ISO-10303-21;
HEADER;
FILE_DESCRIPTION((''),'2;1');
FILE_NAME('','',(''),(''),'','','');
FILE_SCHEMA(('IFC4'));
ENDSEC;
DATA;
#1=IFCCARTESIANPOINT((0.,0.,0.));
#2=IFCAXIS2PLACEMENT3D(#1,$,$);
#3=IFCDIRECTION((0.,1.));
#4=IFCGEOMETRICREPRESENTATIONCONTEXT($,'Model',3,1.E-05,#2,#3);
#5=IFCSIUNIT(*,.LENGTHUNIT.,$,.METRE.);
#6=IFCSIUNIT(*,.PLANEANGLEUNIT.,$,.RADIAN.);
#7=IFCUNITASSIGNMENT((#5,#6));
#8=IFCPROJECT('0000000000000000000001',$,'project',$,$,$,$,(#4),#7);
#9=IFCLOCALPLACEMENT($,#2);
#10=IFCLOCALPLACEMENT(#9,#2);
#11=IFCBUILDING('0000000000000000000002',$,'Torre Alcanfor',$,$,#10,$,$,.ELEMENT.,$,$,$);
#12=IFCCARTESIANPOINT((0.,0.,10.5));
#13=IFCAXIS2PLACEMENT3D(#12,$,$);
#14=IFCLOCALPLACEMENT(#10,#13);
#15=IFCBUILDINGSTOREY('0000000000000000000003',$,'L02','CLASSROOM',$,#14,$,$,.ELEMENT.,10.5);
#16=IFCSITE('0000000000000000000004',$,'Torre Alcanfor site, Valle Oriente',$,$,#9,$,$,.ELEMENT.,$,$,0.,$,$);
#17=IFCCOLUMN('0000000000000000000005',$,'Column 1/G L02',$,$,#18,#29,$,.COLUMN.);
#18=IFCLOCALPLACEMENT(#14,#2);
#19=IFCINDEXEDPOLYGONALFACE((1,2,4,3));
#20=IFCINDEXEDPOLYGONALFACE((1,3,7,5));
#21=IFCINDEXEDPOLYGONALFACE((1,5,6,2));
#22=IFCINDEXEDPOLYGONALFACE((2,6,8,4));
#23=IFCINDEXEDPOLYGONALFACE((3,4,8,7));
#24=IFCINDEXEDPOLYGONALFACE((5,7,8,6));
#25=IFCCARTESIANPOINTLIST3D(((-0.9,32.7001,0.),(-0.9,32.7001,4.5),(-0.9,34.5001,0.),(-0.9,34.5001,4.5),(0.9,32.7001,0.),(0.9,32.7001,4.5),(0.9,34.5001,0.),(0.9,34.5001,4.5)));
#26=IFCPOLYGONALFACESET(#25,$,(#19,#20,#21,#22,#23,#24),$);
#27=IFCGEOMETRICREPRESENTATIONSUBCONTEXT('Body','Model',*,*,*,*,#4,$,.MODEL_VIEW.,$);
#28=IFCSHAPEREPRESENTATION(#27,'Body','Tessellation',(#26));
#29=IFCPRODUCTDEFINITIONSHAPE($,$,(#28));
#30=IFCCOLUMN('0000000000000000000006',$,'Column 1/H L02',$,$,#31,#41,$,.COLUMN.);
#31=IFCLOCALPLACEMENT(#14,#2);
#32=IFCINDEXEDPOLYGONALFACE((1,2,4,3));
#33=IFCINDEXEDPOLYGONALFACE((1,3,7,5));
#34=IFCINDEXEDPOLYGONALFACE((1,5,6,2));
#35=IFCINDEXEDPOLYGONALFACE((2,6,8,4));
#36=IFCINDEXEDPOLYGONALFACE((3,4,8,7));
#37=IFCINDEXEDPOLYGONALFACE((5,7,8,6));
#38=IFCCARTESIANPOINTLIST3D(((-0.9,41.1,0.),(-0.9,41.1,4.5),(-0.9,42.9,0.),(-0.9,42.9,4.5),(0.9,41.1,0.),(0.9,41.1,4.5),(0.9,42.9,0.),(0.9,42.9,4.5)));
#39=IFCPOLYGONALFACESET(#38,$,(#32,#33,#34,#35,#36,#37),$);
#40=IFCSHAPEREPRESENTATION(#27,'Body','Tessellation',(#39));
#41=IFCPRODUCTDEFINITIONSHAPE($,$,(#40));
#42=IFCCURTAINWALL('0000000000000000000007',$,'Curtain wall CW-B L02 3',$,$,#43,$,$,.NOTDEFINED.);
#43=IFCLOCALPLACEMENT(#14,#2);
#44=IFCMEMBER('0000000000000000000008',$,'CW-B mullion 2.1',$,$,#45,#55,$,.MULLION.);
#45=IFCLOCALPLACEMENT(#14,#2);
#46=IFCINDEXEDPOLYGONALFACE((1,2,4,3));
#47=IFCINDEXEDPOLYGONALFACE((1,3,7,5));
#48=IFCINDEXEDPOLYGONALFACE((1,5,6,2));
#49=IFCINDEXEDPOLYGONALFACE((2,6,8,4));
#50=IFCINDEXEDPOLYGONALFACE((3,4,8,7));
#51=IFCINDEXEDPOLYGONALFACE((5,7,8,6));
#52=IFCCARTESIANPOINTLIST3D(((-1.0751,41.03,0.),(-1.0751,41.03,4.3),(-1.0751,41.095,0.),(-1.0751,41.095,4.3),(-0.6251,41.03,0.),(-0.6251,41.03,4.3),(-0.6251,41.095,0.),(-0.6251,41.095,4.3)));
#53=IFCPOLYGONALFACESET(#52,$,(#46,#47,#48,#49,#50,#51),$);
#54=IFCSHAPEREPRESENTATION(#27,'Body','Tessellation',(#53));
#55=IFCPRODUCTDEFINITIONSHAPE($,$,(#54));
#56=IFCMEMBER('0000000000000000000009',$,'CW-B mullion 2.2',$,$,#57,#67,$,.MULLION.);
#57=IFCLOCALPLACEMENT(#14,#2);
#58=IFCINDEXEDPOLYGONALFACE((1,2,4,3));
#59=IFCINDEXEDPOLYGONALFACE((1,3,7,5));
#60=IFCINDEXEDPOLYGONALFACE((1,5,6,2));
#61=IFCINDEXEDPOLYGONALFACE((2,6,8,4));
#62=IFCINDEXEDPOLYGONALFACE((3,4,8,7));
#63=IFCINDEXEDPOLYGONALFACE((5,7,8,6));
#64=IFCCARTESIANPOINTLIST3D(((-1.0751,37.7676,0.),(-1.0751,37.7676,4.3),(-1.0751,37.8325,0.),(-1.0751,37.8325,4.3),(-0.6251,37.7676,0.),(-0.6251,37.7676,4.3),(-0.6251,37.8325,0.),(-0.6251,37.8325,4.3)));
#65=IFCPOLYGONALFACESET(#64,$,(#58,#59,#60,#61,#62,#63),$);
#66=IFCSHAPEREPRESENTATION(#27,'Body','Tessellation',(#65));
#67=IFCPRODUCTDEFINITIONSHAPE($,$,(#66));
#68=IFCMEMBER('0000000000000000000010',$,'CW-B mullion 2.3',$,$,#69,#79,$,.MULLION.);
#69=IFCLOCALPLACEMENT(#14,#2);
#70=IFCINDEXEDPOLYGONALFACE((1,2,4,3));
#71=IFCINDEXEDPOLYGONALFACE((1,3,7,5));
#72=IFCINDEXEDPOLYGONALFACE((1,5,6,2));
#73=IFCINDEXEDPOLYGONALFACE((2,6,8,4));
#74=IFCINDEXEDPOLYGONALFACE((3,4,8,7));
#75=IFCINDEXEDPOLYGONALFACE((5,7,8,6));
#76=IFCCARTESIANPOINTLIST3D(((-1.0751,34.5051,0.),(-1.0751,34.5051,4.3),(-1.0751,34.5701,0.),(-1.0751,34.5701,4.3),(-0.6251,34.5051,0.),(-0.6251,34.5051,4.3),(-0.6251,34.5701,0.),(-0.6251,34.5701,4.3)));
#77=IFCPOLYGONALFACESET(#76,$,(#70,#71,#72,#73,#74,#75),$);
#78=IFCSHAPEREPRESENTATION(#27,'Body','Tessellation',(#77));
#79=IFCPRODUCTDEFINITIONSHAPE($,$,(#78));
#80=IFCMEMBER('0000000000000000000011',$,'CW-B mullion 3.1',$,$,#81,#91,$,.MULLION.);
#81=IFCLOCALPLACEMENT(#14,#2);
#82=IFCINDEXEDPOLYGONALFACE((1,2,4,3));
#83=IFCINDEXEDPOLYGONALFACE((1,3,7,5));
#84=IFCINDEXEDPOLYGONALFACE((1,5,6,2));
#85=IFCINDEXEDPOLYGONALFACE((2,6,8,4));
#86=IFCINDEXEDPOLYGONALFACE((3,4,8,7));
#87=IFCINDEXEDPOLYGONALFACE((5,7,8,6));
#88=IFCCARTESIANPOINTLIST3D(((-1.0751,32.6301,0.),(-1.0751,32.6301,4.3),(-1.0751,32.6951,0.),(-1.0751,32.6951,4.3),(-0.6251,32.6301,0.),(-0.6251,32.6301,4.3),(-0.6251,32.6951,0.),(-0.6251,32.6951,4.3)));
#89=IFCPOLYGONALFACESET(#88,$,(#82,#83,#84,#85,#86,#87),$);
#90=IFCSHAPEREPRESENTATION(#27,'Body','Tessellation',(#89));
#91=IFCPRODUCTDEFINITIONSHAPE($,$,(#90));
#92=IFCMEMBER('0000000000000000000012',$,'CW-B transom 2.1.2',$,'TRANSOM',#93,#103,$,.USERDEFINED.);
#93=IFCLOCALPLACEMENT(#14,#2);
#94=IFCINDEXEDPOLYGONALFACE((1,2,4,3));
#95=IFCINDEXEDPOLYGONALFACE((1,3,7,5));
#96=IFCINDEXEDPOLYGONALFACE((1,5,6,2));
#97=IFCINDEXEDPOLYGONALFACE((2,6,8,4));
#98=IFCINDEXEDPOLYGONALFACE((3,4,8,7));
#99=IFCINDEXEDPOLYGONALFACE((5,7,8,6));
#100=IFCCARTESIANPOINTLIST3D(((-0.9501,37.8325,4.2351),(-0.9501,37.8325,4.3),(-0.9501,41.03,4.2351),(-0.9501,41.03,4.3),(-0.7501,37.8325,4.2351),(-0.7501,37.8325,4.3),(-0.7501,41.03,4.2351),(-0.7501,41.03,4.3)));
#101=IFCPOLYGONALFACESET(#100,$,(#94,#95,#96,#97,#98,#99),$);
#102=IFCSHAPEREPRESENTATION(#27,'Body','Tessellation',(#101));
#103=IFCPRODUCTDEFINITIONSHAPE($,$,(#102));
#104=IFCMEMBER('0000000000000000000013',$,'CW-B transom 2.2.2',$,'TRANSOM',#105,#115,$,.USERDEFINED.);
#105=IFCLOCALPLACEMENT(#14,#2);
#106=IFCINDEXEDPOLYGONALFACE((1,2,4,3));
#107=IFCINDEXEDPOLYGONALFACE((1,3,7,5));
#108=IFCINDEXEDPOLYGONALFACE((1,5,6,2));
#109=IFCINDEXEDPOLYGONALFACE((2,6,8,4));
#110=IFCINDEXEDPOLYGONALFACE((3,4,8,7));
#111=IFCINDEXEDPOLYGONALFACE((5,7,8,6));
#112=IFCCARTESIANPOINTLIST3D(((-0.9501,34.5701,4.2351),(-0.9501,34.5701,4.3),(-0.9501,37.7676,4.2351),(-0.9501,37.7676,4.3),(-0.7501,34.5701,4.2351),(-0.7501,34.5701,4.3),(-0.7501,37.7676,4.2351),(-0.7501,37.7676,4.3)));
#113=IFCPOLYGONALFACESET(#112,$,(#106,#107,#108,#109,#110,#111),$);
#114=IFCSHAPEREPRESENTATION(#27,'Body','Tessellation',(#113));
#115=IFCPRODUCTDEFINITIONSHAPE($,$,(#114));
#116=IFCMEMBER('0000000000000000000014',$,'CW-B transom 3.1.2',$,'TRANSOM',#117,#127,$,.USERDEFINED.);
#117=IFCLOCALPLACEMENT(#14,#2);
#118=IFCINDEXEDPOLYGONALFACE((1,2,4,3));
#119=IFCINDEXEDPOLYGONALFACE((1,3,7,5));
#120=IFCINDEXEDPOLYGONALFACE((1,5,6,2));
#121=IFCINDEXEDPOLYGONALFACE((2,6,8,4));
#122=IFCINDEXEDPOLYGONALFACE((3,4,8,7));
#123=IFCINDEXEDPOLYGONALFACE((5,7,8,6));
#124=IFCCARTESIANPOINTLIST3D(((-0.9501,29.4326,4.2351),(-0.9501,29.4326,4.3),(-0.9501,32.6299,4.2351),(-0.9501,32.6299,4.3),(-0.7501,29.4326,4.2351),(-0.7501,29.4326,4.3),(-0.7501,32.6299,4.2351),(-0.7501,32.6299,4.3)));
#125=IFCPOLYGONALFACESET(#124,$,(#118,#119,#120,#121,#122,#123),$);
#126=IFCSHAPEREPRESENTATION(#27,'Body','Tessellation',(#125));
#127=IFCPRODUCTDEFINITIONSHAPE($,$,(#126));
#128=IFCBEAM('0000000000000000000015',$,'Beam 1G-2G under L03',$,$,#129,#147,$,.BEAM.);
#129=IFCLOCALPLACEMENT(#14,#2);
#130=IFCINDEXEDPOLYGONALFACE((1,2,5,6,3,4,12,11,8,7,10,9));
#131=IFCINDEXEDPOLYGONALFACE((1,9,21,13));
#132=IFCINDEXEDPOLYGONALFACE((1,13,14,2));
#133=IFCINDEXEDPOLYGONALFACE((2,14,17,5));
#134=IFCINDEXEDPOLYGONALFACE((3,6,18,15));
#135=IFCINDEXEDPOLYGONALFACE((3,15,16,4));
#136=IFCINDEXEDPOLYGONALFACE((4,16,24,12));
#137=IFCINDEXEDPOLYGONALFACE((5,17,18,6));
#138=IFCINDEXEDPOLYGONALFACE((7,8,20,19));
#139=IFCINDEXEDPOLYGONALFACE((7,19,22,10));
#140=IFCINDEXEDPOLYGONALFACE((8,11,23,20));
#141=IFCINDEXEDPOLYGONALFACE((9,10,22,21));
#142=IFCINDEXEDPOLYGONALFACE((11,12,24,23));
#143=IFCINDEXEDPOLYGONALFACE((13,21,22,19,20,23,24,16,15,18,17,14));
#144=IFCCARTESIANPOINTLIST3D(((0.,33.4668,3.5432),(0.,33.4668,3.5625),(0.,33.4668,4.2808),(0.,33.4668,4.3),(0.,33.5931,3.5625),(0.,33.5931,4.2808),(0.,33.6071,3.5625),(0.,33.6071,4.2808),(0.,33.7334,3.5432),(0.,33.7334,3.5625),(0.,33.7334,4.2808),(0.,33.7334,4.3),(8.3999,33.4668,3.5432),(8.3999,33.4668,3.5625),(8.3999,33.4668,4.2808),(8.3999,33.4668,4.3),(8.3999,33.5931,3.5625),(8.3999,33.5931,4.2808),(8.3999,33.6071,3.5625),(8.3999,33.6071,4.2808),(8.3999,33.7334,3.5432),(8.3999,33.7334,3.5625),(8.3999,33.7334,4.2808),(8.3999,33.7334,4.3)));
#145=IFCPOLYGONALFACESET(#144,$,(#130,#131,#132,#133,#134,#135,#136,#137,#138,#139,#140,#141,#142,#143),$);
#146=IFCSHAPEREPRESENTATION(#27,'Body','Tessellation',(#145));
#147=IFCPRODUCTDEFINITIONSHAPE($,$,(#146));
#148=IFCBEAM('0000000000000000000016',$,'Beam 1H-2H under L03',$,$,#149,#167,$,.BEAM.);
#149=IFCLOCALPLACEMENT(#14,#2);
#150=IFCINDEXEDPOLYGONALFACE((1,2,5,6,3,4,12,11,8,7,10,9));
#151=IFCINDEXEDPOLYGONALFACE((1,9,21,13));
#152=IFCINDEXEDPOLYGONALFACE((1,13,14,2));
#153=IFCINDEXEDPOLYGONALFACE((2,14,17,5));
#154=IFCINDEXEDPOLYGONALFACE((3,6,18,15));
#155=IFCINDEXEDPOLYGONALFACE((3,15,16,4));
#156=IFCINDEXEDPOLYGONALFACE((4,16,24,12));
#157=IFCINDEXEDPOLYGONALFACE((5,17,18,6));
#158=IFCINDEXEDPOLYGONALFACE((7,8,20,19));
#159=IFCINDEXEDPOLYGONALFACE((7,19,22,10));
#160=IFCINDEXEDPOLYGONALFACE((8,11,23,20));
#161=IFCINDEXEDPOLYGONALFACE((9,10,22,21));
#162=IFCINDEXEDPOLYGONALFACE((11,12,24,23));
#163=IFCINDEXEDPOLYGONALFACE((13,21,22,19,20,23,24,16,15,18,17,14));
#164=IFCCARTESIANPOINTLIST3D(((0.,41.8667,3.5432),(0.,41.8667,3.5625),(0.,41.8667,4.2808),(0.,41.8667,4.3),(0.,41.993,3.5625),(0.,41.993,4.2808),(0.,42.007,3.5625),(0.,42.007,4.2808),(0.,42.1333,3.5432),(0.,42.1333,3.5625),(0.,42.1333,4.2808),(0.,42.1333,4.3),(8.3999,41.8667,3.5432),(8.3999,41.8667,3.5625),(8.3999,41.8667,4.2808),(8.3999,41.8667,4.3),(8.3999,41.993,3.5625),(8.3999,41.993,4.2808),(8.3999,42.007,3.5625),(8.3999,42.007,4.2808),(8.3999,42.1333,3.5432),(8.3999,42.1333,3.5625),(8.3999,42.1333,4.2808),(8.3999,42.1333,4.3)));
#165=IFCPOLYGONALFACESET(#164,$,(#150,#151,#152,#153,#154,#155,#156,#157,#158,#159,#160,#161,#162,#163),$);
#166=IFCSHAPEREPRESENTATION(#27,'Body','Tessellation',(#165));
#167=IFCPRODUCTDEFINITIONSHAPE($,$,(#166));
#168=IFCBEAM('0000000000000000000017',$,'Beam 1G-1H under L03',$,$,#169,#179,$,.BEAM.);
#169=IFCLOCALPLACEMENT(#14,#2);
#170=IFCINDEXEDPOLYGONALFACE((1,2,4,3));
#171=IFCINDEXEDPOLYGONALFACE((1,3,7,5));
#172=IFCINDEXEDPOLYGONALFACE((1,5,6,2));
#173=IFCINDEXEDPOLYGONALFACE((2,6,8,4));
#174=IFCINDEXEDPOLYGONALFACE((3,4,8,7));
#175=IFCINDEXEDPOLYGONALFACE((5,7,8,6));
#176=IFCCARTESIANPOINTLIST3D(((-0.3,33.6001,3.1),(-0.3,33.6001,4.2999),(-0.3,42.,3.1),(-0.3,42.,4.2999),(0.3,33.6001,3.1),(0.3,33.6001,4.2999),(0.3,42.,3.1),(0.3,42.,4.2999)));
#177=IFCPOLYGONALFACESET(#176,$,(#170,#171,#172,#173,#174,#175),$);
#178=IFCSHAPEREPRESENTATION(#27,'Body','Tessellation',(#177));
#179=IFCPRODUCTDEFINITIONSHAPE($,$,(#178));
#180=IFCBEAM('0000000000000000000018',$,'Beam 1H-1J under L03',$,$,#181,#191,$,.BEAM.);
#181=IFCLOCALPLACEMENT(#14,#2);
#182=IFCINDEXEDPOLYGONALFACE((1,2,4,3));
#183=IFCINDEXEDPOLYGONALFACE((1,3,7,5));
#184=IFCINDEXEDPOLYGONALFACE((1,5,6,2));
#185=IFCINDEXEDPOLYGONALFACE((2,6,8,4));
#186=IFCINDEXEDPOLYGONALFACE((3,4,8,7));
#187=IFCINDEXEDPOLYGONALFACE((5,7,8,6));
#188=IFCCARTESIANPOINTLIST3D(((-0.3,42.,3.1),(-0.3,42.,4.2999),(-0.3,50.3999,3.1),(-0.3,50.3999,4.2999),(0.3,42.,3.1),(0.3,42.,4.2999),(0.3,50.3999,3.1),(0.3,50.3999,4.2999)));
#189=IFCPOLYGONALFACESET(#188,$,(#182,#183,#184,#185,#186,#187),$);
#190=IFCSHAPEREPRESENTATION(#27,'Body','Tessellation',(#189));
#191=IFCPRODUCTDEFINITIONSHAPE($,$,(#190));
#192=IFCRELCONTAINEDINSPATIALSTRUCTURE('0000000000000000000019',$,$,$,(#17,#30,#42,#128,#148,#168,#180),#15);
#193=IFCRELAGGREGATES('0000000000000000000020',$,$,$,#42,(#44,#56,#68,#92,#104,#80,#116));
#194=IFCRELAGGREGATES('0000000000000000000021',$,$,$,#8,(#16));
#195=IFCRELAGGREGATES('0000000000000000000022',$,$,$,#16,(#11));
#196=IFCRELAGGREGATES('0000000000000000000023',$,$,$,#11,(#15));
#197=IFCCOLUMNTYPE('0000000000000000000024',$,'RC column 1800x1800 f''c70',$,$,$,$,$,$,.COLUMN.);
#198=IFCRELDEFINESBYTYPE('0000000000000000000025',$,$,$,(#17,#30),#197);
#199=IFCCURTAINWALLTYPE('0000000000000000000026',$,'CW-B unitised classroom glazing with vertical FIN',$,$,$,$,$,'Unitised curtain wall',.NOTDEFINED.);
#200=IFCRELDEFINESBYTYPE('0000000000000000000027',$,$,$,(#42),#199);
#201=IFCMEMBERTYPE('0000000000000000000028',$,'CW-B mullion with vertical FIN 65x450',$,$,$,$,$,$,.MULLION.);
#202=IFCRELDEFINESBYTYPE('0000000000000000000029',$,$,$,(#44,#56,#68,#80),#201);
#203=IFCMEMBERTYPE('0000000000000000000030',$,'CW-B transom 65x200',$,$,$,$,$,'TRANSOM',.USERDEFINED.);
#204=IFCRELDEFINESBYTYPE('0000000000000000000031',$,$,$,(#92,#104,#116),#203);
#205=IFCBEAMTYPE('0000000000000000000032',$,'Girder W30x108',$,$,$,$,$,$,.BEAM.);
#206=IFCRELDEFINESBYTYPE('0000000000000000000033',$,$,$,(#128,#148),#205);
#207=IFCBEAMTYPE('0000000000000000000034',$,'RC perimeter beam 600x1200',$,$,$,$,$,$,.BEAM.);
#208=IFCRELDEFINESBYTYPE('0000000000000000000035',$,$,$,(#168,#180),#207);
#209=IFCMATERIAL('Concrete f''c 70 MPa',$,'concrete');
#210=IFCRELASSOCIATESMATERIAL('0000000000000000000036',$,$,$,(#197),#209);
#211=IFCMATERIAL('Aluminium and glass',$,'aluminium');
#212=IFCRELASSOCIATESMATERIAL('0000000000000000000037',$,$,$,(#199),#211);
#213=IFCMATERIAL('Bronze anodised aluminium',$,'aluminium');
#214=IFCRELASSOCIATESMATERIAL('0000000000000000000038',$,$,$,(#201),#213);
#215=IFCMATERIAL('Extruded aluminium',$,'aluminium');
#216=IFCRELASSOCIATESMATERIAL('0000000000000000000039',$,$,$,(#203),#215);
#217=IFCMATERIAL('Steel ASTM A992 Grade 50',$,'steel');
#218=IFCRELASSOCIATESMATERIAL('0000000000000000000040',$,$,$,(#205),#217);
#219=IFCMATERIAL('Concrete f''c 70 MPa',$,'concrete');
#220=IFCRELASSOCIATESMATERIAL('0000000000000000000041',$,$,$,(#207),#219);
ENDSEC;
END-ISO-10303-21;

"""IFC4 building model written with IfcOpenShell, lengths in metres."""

from ifc_helpers import new_model, si_unit, direction, frame, origin, origin_2d, place, context, subcontext, project, spatial, rectangle, i_section, extrude, material, material_profile, profile_set, type_object, element, aggregate, save


model = new_model("IFC4")

# Units and contexts
model_context = context("Model", 3, precision=1e-05, world=origin(), true_north=direction((0.0, 1.0)))
body_context = subcontext(model_context, "Body", "Model", "MODEL_VIEW")
ifc_project = project(units=[si_unit("LENGTHUNIT", "METRE"), si_unit("PLANEANGLEUNIT", "RADIAN")], contexts=[model_context])

# Site, building, storey
site_placement = place(None, origin())
site = spatial("IfcSite", under=ifc_project, at=site_placement, Name="Torre Alcanfor site, Valle Oriente", CompositionType="ELEMENT", RefElevation=0.0)
building_placement = place(site_placement, origin())
building = spatial("IfcBuilding", under=site, at=building_placement, Name="Torre Alcanfor", CompositionType="ELEMENT")
storey_placement = place(building_placement, frame((0.0, 0.0, 10.5)))
storey = spatial("IfcBuildingStorey", under=building, at=storey_placement, Name="L02", Description="CLASSROOM", CompositionType="ELEMENT", Elevation=10.5)

# Columns
ifc_material_1 = material(Name="Concrete f'c 70 MPa", Category="concrete")
ifc_material_profile_1 = material_profile(ifc_material_1, rectangle(XDim=1.8, YDim=1.8, at=origin_2d()), Name="1800x1800")
ifc_profile_set_1 = profile_set([ifc_material_profile_1], Name="Concrete f'c 70 MPa")
column_type = type_object("IfcColumnType", Name="RC column 1800x1800 f'c70", PredefinedType="COLUMN", material=ifc_profile_set_1)
for number, where, z_axis, x_axis, name in (
    (1, (0.0, 33.6001, 0.0), (0.0, 0.0, 1.0), (1.0, 0.0, 0.0), "Column 1/G L02"),
    (2, (0.0, 42.0, 0.0), (0.0, 0.0, 1.0), (1.0, 0.0, 0.0), "Column 1/H L02"),
):
    element("IfcColumn", number, at=place(storey_placement, frame(where, z_axis=z_axis, x_axis=x_axis)), inside=storey, type_object=column_type, Name=name, PredefinedType="COLUMN", context=body_context, shape_type="SweptSolid", body=[
        extrude(rectangle(XDim=1.8, YDim=1.8, at=origin_2d()), origin(), (0.0, 0.0, 1.0), 4.5),
    ])

# Curtain wall, members
ifc_material_2 = material(Name="Aluminium and glass", Category="aluminium")
curtain_wall_type = type_object("IfcCurtainWallType", Name="CW-B unitised classroom glazing with vertical FIN", ElementType="Unitised curtain wall", PredefinedType="NOTDEFINED", material=ifc_material_2)
curtain_wall_placement = place(storey_placement, origin())
curtain_wall = element("IfcCurtainWall", 3, at=curtain_wall_placement, inside=storey, type_object=curtain_wall_type, Name="Curtain wall CW-B L02 3", PredefinedType="NOTDEFINED")
ifc_material_3 = material(Name="Bronze anodised aluminium", Category="aluminium")
ifc_material_profile_2 = material_profile(ifc_material_3, rectangle(XDim=0.45, YDim=0.0649, at=origin_2d()), Name="CW-B mullion 65x450")
ifc_profile_set_2 = profile_set([ifc_material_profile_2], Name="Bronze anodised aluminium")
member_type_1 = type_object("IfcMemberType", Name="CW-B mullion with vertical FIN 65x450", PredefinedType="MULLION", material=ifc_profile_set_2)
member_1_placement = place(storey_placement, frame((-0.8501, 41.0625, 0.0), z_axis=(0.0, 0.0, 1.0), x_axis=(1.0, 0.0, 0.0)))
member_1 = element("IfcMember", 4, at=member_1_placement, type_object=member_type_1, Name="CW-B mullion 2.1", PredefinedType="MULLION", context=body_context, shape_type="SweptSolid", body=[
    extrude(rectangle(XDim=0.45, YDim=0.0649, at=origin_2d()), origin(), (0.0, 0.0, 1.0), 4.3),
])
member_2_placement = place(storey_placement, frame((-0.8501, 37.8, 0.0), z_axis=(0.0, 0.0, 1.0), x_axis=(1.0, 0.0, 0.0)))
member_2 = element("IfcMember", 5, at=member_2_placement, type_object=member_type_1, Name="CW-B mullion 2.2", PredefinedType="MULLION", context=body_context, shape_type="SweptSolid", body=[
    extrude(rectangle(XDim=0.45, YDim=0.0649, at=origin_2d()), origin(), (0.0, 0.0, 1.0), 4.3),
])
member_3_placement = place(storey_placement, frame((-0.8501, 34.5376, 0.0), z_axis=(0.0, 0.0, 1.0), x_axis=(1.0, 0.0, 0.0)))
member_3 = element("IfcMember", 6, at=member_3_placement, type_object=member_type_1, Name="CW-B mullion 2.3", PredefinedType="MULLION", context=body_context, shape_type="SweptSolid", body=[
    extrude(rectangle(XDim=0.45, YDim=0.0649, at=origin_2d()), origin(), (0.0, 0.0, 1.0), 4.3),
])
member_4_placement = place(storey_placement, frame((-0.8501, 32.6626, 0.0), z_axis=(0.0, 0.0, 1.0), x_axis=(1.0, 0.0, 0.0)))
member_4 = element("IfcMember", 7, at=member_4_placement, type_object=member_type_1, Name="CW-B mullion 3.1", PredefinedType="MULLION", context=body_context, shape_type="SweptSolid", body=[
    extrude(rectangle(XDim=0.45, YDim=0.0649, at=origin_2d()), origin(), (0.0, 0.0, 1.0), 4.3),
])
ifc_material_4 = material(Name="Extruded aluminium", Category="aluminium")
ifc_material_profile_3 = material_profile(ifc_material_4, rectangle(XDim=0.2, YDim=0.0649, at=origin_2d()), Name="CW-B transom 200x65")
ifc_profile_set_3 = profile_set([ifc_material_profile_3], Name="Extruded aluminium")
member_type_2 = type_object("IfcMemberType", Name="CW-B transom 65x200", ElementType="TRANSOM", PredefinedType="USERDEFINED", material=ifc_profile_set_3)
member_5_placement = place(storey_placement, frame((-0.8501, 41.03, 4.2676), z_axis=(0.0, -1.0, 0.0), x_axis=(1.0, 0.0, 0.0)))
member_5 = element("IfcMember", 8, at=member_5_placement, type_object=member_type_2, Name="CW-B transom 2.1.2", ObjectType="TRANSOM", PredefinedType="USERDEFINED", context=body_context, shape_type="SweptSolid", body=[
    extrude(rectangle(XDim=0.2, YDim=0.0649, at=origin_2d()), origin(), (0.0, 0.0, 1.0), 3.1975),
])
member_6_placement = place(storey_placement, frame((-0.8501, 37.7676, 4.2676), z_axis=(0.0, -1.0, 0.0), x_axis=(1.0, 0.0, 0.0)))
member_6 = element("IfcMember", 9, at=member_6_placement, type_object=member_type_2, Name="CW-B transom 2.2.2", ObjectType="TRANSOM", PredefinedType="USERDEFINED", context=body_context, shape_type="SweptSolid", body=[
    extrude(rectangle(XDim=0.2, YDim=0.0649, at=origin_2d()), origin(), (0.0, 0.0, 1.0), 3.1975),
])
member_7_placement = place(storey_placement, frame((-0.8501, 32.6299, 4.2676), z_axis=(0.0, -1.0, 0.0), x_axis=(1.0, 0.0, 0.0)))
member_7 = element("IfcMember", 10, at=member_7_placement, type_object=member_type_2, Name="CW-B transom 3.1.2", ObjectType="TRANSOM", PredefinedType="USERDEFINED", context=body_context, shape_type="SweptSolid", body=[
    extrude(rectangle(XDim=0.2, YDim=0.0649, at=origin_2d()), origin(), (0.0, 0.0, 1.0), 3.1973),
])

# Beams
ifc_material_5 = material(Name="Steel ASTM A992 Grade 50", Category="steel")
ifc_material_profile_4 = material_profile(ifc_material_5, i_section(OverallWidth=0.2666, OverallDepth=0.7568, WebThickness=0.0139, FlangeThickness=0.0193, at=origin_2d()), Name="W30x108")
ifc_profile_set_4 = profile_set([ifc_material_profile_4], Name="Steel ASTM A992 Grade 50")
beam_type_1 = type_object("IfcBeamType", Name="Girder W30x108", PredefinedType="BEAM", material=ifc_profile_set_4)
for number, where, z_axis, x_axis, name in (
    (11, (0.0, 33.6001, 3.9216), (1.0, 0.0, 0.0), (0.0, 1.0, 0.0), "Beam 1G-2G under L03"),
    (12, (0.0, 42.0, 3.9216), (1.0, 0.0, 0.0), (0.0, 1.0, 0.0), "Beam 1H-2H under L03"),
):
    element("IfcBeam", number, at=place(storey_placement, frame(where, z_axis=z_axis, x_axis=x_axis)), inside=storey, type_object=beam_type_1, Name=name, PredefinedType="BEAM", context=body_context, shape_type="SweptSolid", body=[
        extrude(i_section(OverallWidth=0.2666, OverallDepth=0.7568, WebThickness=0.0139, FlangeThickness=0.0193, at=origin_2d()), origin(), (0.0, 0.0, 1.0), 8.3999),
    ])
ifc_material_6 = material(Name="Concrete f'c 70 MPa", Category="concrete")
ifc_material_profile_5 = material_profile(ifc_material_6, rectangle(XDim=0.6001, YDim=1.2, at=origin_2d()), Name="600x1200")
ifc_profile_set_5 = profile_set([ifc_material_profile_5], Name="Concrete f'c 70 MPa")
beam_type_2 = type_object("IfcBeamType", Name="RC perimeter beam 600x1200", PredefinedType="BEAM", material=ifc_profile_set_5)
for number, where, z_axis, x_axis, name in (
    (13, (0.0, 33.6001, 3.7), (0.0, 1.0, 0.0), (-1.0, 0.0, 0.0), "Beam 1G-1H under L03"),
    (14, (0.0, 42.0, 3.7), (0.0, 1.0, 0.0), (-1.0, 0.0, 0.0), "Beam 1H-1J under L03"),
):
    element("IfcBeam", number, at=place(storey_placement, frame(where, z_axis=z_axis, x_axis=x_axis)), inside=storey, type_object=beam_type_2, Name=name, PredefinedType="BEAM", context=body_context, shape_type="SweptSolid", body=[
        extrude(rectangle(XDim=0.6001, YDim=1.2, at=origin_2d()), origin(), (0.0, 0.0, 1.0), 8.3999),
    ])

aggregate(curtain_wall, [member_1, member_2, member_3, member_5, member_6, member_4, member_7])

save(model, "model.ifc")
